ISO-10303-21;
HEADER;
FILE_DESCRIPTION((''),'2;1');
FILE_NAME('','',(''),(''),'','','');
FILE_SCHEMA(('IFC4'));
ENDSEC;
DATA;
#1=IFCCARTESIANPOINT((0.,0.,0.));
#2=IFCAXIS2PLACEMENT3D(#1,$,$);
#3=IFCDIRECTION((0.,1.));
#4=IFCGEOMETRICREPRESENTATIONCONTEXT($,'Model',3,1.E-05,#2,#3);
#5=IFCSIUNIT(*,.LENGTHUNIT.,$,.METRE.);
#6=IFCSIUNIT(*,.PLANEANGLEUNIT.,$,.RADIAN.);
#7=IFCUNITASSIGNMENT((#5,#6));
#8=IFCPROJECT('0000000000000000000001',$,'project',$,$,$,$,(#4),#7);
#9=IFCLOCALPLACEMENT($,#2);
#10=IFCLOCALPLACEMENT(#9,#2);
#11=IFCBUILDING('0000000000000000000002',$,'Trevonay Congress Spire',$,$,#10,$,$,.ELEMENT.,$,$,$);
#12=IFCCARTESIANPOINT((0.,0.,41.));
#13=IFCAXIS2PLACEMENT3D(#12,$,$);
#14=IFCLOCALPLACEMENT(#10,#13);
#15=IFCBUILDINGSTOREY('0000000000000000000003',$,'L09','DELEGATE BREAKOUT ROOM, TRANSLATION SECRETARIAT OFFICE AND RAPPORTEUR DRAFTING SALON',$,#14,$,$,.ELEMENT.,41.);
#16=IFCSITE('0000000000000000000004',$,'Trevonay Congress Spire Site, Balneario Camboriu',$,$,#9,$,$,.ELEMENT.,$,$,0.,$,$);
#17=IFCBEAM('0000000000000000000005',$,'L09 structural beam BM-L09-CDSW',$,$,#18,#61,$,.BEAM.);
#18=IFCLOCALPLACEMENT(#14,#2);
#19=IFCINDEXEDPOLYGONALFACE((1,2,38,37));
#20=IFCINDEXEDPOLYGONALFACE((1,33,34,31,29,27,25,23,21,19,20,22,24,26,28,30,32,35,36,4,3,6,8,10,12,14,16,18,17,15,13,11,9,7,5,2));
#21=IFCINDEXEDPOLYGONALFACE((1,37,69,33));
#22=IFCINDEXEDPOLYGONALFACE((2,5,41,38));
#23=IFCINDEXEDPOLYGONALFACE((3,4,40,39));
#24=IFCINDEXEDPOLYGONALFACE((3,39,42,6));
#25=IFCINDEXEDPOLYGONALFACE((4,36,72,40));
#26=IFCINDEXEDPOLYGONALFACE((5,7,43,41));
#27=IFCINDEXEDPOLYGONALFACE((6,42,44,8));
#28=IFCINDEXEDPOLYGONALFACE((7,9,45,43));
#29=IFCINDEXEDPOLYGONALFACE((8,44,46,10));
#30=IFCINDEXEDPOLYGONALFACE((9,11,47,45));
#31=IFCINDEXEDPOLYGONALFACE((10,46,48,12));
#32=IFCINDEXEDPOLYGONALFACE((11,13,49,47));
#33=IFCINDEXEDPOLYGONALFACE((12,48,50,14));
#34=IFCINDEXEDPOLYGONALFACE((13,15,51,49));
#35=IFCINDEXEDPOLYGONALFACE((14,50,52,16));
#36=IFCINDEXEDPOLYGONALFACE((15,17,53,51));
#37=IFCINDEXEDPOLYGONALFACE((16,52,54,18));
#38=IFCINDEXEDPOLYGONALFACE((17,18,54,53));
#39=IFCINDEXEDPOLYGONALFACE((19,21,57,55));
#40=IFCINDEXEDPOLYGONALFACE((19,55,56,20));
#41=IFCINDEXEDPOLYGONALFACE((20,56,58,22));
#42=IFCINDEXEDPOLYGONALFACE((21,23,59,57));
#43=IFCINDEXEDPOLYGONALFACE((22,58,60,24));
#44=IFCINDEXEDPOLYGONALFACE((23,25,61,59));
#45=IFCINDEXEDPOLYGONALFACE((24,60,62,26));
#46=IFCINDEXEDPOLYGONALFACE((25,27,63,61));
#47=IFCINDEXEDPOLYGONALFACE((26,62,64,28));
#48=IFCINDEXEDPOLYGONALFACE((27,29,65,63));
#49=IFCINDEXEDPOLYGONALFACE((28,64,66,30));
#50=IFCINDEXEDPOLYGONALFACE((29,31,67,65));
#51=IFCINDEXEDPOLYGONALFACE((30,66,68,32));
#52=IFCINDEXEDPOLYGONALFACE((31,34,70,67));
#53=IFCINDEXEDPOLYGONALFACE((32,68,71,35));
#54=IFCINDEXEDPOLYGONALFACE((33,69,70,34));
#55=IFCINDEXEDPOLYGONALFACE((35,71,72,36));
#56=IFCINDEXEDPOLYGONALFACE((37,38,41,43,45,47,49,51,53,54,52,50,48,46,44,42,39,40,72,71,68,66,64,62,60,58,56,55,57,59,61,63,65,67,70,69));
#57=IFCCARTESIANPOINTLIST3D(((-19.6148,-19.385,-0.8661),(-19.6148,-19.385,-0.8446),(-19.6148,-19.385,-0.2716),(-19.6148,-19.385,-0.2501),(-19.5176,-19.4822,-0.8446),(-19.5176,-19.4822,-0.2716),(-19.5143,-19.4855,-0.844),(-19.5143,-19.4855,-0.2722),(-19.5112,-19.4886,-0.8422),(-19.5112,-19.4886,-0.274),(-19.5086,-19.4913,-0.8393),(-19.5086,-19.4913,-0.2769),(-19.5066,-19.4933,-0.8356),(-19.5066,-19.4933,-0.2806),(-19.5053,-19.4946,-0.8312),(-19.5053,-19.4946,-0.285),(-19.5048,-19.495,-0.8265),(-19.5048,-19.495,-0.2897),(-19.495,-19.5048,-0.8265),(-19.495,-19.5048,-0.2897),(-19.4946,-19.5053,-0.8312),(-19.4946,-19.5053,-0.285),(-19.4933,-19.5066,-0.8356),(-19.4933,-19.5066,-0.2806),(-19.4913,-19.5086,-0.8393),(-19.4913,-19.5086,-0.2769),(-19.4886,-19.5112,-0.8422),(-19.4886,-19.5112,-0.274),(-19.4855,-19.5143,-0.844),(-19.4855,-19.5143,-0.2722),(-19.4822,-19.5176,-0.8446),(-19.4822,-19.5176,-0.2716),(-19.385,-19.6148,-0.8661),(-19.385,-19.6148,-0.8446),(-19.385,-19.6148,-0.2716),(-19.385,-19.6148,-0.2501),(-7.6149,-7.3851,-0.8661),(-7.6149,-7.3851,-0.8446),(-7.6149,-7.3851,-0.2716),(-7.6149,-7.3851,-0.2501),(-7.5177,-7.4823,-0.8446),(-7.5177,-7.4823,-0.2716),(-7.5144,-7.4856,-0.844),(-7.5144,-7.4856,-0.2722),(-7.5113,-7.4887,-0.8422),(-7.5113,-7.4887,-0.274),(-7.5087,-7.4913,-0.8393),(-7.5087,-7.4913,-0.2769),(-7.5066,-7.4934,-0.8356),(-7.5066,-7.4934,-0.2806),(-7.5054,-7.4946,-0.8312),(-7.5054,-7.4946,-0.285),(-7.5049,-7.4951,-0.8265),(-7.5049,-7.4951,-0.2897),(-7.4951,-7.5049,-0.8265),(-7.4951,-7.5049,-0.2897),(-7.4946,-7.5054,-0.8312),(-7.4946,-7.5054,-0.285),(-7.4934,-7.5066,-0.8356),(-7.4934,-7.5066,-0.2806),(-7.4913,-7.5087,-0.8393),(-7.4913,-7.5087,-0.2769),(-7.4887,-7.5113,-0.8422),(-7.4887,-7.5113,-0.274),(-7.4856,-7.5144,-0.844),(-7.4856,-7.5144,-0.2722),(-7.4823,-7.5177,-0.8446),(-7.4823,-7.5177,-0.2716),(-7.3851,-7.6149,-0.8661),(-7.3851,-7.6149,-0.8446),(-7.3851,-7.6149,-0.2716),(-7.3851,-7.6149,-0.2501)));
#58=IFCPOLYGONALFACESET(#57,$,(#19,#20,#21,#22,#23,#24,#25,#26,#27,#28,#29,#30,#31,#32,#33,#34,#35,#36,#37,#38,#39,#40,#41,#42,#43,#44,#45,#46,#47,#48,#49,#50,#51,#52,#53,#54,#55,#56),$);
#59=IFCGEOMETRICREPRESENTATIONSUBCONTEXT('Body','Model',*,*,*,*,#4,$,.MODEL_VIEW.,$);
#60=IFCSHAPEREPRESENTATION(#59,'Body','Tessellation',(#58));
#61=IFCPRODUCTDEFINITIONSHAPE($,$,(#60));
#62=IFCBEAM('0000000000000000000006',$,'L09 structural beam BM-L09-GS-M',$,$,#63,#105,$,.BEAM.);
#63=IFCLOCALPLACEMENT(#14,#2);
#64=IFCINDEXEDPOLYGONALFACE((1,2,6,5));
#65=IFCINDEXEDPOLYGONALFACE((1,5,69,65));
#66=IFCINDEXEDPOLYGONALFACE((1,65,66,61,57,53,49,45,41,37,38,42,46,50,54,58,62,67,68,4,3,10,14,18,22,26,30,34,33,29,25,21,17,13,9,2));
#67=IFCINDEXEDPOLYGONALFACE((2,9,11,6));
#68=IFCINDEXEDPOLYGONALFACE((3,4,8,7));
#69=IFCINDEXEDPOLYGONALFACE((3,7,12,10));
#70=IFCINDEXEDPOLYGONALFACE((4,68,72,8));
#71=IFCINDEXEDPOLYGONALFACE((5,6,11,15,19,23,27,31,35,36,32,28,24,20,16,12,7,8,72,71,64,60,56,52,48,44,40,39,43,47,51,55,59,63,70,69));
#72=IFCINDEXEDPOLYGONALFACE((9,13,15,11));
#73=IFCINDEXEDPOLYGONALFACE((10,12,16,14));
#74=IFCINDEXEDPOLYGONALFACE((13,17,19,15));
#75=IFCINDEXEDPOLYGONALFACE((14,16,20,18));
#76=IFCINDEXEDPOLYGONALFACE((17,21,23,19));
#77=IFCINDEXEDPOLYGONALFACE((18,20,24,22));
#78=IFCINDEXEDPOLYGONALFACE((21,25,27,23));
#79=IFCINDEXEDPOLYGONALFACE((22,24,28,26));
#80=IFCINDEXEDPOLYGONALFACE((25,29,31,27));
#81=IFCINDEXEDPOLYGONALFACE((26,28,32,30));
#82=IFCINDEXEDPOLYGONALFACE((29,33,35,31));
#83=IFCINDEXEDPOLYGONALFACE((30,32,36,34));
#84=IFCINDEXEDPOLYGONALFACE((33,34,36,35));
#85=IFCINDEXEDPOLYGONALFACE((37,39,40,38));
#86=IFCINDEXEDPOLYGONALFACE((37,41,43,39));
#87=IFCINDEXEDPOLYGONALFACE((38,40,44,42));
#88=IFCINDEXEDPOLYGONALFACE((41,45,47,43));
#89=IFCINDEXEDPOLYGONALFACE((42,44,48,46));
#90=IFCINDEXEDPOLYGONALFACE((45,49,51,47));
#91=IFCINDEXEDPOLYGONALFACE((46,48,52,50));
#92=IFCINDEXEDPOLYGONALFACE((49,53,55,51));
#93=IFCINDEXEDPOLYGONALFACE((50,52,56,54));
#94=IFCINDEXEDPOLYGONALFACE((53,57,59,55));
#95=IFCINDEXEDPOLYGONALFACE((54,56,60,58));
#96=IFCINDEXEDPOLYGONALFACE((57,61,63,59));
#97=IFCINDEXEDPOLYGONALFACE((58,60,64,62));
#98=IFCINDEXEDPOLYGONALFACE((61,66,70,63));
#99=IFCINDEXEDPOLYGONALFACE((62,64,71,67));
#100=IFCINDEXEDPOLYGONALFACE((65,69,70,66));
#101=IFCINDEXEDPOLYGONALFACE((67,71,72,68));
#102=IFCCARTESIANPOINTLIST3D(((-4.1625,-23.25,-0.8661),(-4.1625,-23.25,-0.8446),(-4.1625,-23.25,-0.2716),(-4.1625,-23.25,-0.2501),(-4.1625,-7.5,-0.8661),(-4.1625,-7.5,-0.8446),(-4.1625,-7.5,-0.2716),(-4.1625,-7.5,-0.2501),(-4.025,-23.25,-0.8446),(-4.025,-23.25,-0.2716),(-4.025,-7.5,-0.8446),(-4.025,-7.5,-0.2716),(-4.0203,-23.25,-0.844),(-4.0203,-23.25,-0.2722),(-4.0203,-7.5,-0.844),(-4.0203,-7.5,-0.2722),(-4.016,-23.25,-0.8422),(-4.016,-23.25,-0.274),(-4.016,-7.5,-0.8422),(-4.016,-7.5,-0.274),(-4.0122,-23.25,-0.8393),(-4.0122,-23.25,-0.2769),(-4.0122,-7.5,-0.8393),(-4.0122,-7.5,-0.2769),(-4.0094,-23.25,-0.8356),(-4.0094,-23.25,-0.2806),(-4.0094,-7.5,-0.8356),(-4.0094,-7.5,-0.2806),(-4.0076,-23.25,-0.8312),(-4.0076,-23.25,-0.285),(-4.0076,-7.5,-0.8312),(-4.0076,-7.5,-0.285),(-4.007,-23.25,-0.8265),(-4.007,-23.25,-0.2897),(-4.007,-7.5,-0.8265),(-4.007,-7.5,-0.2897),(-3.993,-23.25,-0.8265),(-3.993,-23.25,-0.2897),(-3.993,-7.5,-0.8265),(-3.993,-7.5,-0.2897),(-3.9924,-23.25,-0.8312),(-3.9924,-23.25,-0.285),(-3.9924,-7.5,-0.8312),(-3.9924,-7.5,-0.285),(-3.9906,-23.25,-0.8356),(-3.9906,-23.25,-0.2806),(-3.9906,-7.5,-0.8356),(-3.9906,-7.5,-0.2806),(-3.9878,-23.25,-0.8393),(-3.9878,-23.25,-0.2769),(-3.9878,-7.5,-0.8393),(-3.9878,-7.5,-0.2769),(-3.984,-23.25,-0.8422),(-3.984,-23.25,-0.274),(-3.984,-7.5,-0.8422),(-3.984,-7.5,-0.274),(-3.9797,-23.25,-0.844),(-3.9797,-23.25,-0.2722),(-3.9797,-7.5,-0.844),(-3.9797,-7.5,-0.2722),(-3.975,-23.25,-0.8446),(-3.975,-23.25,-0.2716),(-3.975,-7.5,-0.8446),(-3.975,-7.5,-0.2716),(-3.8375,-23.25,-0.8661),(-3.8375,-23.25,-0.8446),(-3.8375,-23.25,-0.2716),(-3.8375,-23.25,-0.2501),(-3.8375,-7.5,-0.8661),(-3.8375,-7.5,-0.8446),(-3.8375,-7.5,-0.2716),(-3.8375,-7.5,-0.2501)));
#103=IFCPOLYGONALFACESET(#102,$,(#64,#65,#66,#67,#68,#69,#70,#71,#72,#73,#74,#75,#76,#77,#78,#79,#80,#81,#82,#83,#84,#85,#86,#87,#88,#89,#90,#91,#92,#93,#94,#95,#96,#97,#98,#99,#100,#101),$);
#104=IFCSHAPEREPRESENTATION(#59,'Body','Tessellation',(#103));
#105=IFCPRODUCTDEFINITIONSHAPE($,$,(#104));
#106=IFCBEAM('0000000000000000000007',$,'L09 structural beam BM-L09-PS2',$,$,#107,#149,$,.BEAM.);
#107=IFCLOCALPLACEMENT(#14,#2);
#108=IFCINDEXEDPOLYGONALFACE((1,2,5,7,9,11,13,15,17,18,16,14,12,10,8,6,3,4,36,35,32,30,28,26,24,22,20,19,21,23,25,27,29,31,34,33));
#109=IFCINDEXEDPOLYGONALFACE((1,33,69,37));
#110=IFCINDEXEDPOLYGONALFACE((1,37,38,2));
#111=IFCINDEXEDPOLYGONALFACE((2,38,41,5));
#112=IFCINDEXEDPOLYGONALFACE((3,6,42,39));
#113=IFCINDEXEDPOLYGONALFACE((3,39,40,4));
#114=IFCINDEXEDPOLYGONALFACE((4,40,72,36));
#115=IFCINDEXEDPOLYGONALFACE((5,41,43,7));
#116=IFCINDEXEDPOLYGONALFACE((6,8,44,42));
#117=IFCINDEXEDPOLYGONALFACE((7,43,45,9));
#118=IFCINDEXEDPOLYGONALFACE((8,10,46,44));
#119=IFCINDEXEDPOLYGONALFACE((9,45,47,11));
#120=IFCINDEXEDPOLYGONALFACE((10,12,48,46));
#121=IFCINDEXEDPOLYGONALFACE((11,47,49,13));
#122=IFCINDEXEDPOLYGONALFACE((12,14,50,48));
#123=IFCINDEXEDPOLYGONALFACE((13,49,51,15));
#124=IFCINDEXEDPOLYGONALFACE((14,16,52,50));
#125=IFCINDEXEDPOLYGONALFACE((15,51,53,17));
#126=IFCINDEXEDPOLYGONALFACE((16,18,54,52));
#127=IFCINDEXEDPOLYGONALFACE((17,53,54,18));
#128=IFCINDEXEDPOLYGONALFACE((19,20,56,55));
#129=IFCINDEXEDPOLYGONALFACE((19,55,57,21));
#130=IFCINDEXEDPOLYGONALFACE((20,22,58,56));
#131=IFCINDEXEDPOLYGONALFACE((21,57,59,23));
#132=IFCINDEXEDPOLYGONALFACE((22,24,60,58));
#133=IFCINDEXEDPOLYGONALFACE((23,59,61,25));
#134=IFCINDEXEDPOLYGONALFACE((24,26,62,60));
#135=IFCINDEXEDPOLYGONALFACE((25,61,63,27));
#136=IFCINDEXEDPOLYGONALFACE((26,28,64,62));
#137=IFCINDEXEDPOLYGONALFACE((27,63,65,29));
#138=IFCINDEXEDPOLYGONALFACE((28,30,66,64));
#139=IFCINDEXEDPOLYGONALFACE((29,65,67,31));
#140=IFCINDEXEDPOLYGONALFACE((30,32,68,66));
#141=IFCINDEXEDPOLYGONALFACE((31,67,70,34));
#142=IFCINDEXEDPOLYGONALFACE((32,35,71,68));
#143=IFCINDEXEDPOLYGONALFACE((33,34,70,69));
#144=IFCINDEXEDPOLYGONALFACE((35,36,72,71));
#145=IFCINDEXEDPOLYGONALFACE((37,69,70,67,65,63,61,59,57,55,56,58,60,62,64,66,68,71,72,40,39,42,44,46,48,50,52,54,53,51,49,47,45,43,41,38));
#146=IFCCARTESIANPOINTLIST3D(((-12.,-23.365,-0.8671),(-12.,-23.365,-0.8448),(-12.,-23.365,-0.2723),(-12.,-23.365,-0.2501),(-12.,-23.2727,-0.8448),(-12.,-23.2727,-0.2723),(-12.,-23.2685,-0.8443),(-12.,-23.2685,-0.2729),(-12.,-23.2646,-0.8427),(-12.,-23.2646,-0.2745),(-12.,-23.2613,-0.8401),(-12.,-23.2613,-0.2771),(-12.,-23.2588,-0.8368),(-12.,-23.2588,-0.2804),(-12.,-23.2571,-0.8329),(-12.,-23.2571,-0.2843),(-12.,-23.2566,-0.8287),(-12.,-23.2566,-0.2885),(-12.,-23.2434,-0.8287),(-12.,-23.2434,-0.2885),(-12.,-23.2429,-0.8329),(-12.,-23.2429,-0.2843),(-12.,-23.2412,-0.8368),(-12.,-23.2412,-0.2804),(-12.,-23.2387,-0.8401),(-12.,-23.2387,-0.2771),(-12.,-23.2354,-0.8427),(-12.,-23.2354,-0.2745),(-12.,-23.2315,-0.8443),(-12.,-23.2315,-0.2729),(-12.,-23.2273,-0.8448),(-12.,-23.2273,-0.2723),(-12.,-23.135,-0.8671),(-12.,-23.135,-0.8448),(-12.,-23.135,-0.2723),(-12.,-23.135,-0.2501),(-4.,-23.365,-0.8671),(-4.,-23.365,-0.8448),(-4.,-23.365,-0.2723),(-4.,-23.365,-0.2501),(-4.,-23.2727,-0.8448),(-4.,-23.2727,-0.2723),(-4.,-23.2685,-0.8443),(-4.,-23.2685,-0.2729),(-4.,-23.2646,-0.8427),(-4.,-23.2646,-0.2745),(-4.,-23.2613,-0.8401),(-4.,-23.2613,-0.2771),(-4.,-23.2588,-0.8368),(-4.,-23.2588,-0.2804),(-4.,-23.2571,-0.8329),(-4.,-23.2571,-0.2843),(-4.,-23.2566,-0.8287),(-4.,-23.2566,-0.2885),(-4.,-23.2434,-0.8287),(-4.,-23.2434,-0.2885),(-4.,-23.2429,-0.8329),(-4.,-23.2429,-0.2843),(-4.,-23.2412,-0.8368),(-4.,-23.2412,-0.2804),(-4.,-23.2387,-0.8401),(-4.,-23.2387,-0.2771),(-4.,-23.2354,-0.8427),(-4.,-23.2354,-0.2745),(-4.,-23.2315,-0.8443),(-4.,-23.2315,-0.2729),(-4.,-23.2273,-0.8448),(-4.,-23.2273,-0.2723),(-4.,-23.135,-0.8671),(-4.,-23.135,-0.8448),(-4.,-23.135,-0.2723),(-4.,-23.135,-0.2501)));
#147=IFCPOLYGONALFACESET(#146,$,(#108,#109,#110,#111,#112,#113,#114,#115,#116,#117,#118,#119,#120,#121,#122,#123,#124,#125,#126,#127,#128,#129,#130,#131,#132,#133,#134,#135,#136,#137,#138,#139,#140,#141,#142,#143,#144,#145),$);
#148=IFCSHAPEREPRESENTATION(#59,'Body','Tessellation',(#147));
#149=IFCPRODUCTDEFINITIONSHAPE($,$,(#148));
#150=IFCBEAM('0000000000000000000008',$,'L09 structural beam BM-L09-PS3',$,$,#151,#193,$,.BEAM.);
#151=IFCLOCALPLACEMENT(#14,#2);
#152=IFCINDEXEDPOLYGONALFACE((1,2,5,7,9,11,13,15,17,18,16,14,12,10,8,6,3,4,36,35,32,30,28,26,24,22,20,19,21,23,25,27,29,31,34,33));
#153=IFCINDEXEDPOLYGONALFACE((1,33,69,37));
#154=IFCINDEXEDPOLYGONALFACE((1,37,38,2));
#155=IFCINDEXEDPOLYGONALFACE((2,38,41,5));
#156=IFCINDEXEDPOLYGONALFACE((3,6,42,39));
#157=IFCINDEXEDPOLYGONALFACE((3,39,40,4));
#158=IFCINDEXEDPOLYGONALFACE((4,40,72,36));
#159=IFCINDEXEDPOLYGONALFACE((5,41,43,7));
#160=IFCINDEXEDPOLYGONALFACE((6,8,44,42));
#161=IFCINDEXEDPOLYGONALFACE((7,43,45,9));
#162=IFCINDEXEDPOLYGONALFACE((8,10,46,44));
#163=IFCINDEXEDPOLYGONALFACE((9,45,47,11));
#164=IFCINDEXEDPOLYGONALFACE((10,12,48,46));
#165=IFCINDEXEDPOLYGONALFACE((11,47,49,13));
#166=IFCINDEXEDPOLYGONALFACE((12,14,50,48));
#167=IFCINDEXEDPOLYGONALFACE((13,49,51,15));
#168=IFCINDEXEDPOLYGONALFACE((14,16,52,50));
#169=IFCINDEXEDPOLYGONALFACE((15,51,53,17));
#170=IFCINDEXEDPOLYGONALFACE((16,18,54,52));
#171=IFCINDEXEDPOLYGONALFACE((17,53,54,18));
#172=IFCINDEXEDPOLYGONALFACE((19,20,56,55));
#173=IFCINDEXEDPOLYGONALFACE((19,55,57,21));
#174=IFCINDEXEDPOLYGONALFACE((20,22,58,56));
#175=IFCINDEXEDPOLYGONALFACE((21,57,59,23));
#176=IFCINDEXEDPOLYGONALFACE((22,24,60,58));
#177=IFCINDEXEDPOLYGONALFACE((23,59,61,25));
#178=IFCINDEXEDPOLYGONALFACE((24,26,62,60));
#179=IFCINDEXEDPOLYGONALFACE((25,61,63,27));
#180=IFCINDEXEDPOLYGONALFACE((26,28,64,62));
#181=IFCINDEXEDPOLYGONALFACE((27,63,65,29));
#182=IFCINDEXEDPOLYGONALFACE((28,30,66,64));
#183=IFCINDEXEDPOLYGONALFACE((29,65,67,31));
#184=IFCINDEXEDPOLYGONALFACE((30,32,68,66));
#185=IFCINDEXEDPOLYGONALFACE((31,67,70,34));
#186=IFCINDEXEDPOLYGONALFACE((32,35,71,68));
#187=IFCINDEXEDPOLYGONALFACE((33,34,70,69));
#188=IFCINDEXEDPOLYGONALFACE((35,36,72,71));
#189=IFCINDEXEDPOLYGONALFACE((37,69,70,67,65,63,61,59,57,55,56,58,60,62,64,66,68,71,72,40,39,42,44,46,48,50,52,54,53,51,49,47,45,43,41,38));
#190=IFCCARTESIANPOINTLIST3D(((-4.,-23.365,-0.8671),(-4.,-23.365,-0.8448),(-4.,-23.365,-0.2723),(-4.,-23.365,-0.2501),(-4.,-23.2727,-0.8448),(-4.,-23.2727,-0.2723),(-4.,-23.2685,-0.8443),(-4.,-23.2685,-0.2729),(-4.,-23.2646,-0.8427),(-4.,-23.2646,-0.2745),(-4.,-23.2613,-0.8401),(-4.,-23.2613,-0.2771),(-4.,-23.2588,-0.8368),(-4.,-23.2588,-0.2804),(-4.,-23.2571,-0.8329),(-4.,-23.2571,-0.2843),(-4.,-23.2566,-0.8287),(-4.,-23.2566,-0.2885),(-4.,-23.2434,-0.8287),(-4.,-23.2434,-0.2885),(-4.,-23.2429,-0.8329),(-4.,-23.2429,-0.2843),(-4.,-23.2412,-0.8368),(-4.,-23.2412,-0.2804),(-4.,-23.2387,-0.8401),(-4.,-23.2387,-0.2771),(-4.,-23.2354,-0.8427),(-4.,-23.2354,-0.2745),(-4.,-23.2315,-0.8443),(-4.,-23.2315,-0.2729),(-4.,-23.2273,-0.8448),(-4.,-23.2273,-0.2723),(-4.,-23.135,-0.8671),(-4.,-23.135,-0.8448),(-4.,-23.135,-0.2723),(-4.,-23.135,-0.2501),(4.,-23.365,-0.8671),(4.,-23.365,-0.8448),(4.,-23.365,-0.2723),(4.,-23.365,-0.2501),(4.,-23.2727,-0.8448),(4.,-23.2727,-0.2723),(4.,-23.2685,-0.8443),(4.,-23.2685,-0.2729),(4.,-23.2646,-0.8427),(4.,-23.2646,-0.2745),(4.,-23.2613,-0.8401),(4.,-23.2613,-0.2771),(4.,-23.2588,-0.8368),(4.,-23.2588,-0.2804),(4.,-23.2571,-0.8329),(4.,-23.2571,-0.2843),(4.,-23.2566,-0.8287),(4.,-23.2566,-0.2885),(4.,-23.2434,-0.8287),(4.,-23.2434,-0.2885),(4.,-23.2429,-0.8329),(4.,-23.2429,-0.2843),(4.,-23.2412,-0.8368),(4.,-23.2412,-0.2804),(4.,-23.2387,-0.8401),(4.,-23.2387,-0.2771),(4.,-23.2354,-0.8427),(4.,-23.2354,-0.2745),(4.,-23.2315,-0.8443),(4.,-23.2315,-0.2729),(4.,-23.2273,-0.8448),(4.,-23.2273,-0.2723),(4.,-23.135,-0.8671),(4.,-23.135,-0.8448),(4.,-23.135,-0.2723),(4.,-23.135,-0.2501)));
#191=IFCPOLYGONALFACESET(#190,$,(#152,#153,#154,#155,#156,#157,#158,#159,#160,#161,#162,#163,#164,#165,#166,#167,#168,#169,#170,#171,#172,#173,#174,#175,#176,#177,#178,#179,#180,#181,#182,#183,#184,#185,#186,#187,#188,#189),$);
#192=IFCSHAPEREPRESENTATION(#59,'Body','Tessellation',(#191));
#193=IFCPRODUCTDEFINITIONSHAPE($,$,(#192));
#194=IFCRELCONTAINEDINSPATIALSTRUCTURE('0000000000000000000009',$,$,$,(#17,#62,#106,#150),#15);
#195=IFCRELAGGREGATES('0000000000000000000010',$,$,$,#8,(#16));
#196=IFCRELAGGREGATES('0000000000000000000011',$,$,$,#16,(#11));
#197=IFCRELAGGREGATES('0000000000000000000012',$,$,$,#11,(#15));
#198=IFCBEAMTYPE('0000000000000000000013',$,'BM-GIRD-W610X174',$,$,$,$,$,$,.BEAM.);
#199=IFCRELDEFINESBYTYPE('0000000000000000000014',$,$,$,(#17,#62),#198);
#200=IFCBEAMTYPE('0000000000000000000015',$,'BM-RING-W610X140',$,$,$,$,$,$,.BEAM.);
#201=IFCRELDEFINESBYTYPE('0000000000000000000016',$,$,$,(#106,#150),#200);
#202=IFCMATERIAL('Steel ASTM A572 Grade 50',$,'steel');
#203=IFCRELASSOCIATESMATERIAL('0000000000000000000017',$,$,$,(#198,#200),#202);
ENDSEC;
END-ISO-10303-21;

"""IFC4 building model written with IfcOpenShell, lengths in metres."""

from ifc_helpers import new_model, si_unit, direction, frame, origin, origin_2d, place, context, subcontext, project, spatial, i_section, extrude, material, material_profile, profile_set, type_object, element, save


model = new_model("IFC4")

# Units and contexts
model_context = context("Model", 3, precision=1e-05, world=origin(), true_north=direction((0.0, 1.0)))
body_context = subcontext(model_context, "Body", "Model", "MODEL_VIEW")
ifc_project = project(units=[si_unit("LENGTHUNIT", "METRE"), si_unit("PLANEANGLEUNIT", "RADIAN")], contexts=[model_context])

# Site, building, storey
site_placement = place(None, origin())
site = spatial("IfcSite", under=ifc_project, at=site_placement, Name="Trevonay Congress Spire Site, Balneario Camboriu", CompositionType="ELEMENT", RefElevation=0.0)
building_placement = place(site_placement, origin())
building = spatial("IfcBuilding", under=site, at=building_placement, Name="Trevonay Congress Spire", CompositionType="ELEMENT")
storey_placement = place(building_placement, frame((0.0, 0.0, 41.0)))
storey = spatial("IfcBuildingStorey", under=building, at=storey_placement, Name="L09", Description="DELEGATE BREAKOUT ROOM, TRANSLATION SECRETARIAT OFFICE AND RAPPORTEUR DRAFTING SALON", CompositionType="ELEMENT", Elevation=41.0)

# Shared definitions
ifc_material_1 = material(Name="Steel ASTM A572 Grade 50", Category="steel")

# Beams
ifc_material_profile_1 = material_profile(ifc_material_1, i_section(OverallWidth=0.325, OverallDepth=0.616, WebThickness=0.0139, FlangeThickness=0.0215, FilletRadius=0.0181, at=origin_2d()), Name="W610x174")
ifc_profile_set_1 = profile_set([ifc_material_profile_1], Name="Steel ASTM A572 Grade 50")
beam_type_1 = type_object("IfcBeamType", Name="BM-GIRD-W610X174", PredefinedType="BEAM", material=ifc_profile_set_1)
beam_1_placement = place(storey_placement, frame((-7.5, -7.5, -0.5581), z_axis=(-0.707107, -0.707107, 0.0), x_axis=(0.707107, -0.707107, 0.0)))
element("IfcBeam", 1, at=beam_1_placement, inside=storey, type_object=beam_type_1, Name="L09 structural beam BM-L09-CDSW", PredefinedType="BEAM", context=body_context, shape_type="SweptSolid", body=[
    extrude(i_section(OverallWidth=0.325, OverallDepth=0.616, WebThickness=0.0139, FlangeThickness=0.0215, FilletRadius=0.0181, at=origin_2d()), origin(), (0.0, 0.0, 1.0), 16.9705),
])
beam_2_placement = place(storey_placement, frame((-4.0, -7.5, -0.5581), z_axis=(0.0, -1.0, 0.0), x_axis=(1.0, 0.0, 0.0)))
element("IfcBeam", 2, at=beam_2_placement, inside=storey, type_object=beam_type_1, Name="L09 structural beam BM-L09-GS-M", PredefinedType="BEAM", context=body_context, shape_type="SweptSolid", body=[
    extrude(i_section(OverallWidth=0.325, OverallDepth=0.616, WebThickness=0.0139, FlangeThickness=0.0215, FilletRadius=0.0181, at=origin_2d()), origin(), (0.0, 0.0, 1.0), 15.75),
])
ifc_material_profile_2 = material_profile(ifc_material_1, i_section(OverallWidth=0.23, OverallDepth=0.6169, WebThickness=0.0132, FlangeThickness=0.0222, FilletRadius=0.0161, at=origin_2d()), Name="W610x140")
ifc_profile_set_2 = profile_set([ifc_material_profile_2], Name="Steel ASTM A572 Grade 50")
beam_type_2 = type_object("IfcBeamType", Name="BM-RING-W610X140", PredefinedType="BEAM", material=ifc_profile_set_2)
for number, where, z_axis, x_axis, name in (
    (3, (-12.0, -23.25, -0.5586), (1.0, 0.0, 0.0), (0.0, 1.0, 0.0), "L09 structural beam BM-L09-PS2"),
    (4, (-4.0, -23.25, -0.5586), (1.0, 0.0, 0.0), (0.0, 1.0, 0.0), "L09 structural beam BM-L09-PS3"),
):
    element("IfcBeam", number, at=place(storey_placement, frame(where, z_axis=z_axis, x_axis=x_axis)), inside=storey, type_object=beam_type_2, Name=name, PredefinedType="BEAM", context=body_context, shape_type="SweptSolid", body=[
        extrude(i_section(OverallWidth=0.23, OverallDepth=0.6169, WebThickness=0.0132, FlangeThickness=0.0222, FilletRadius=0.0161, at=origin_2d()), origin(), (0.0, 0.0, 1.0), 8.0),
    ])

save(model, "model.ifc")
